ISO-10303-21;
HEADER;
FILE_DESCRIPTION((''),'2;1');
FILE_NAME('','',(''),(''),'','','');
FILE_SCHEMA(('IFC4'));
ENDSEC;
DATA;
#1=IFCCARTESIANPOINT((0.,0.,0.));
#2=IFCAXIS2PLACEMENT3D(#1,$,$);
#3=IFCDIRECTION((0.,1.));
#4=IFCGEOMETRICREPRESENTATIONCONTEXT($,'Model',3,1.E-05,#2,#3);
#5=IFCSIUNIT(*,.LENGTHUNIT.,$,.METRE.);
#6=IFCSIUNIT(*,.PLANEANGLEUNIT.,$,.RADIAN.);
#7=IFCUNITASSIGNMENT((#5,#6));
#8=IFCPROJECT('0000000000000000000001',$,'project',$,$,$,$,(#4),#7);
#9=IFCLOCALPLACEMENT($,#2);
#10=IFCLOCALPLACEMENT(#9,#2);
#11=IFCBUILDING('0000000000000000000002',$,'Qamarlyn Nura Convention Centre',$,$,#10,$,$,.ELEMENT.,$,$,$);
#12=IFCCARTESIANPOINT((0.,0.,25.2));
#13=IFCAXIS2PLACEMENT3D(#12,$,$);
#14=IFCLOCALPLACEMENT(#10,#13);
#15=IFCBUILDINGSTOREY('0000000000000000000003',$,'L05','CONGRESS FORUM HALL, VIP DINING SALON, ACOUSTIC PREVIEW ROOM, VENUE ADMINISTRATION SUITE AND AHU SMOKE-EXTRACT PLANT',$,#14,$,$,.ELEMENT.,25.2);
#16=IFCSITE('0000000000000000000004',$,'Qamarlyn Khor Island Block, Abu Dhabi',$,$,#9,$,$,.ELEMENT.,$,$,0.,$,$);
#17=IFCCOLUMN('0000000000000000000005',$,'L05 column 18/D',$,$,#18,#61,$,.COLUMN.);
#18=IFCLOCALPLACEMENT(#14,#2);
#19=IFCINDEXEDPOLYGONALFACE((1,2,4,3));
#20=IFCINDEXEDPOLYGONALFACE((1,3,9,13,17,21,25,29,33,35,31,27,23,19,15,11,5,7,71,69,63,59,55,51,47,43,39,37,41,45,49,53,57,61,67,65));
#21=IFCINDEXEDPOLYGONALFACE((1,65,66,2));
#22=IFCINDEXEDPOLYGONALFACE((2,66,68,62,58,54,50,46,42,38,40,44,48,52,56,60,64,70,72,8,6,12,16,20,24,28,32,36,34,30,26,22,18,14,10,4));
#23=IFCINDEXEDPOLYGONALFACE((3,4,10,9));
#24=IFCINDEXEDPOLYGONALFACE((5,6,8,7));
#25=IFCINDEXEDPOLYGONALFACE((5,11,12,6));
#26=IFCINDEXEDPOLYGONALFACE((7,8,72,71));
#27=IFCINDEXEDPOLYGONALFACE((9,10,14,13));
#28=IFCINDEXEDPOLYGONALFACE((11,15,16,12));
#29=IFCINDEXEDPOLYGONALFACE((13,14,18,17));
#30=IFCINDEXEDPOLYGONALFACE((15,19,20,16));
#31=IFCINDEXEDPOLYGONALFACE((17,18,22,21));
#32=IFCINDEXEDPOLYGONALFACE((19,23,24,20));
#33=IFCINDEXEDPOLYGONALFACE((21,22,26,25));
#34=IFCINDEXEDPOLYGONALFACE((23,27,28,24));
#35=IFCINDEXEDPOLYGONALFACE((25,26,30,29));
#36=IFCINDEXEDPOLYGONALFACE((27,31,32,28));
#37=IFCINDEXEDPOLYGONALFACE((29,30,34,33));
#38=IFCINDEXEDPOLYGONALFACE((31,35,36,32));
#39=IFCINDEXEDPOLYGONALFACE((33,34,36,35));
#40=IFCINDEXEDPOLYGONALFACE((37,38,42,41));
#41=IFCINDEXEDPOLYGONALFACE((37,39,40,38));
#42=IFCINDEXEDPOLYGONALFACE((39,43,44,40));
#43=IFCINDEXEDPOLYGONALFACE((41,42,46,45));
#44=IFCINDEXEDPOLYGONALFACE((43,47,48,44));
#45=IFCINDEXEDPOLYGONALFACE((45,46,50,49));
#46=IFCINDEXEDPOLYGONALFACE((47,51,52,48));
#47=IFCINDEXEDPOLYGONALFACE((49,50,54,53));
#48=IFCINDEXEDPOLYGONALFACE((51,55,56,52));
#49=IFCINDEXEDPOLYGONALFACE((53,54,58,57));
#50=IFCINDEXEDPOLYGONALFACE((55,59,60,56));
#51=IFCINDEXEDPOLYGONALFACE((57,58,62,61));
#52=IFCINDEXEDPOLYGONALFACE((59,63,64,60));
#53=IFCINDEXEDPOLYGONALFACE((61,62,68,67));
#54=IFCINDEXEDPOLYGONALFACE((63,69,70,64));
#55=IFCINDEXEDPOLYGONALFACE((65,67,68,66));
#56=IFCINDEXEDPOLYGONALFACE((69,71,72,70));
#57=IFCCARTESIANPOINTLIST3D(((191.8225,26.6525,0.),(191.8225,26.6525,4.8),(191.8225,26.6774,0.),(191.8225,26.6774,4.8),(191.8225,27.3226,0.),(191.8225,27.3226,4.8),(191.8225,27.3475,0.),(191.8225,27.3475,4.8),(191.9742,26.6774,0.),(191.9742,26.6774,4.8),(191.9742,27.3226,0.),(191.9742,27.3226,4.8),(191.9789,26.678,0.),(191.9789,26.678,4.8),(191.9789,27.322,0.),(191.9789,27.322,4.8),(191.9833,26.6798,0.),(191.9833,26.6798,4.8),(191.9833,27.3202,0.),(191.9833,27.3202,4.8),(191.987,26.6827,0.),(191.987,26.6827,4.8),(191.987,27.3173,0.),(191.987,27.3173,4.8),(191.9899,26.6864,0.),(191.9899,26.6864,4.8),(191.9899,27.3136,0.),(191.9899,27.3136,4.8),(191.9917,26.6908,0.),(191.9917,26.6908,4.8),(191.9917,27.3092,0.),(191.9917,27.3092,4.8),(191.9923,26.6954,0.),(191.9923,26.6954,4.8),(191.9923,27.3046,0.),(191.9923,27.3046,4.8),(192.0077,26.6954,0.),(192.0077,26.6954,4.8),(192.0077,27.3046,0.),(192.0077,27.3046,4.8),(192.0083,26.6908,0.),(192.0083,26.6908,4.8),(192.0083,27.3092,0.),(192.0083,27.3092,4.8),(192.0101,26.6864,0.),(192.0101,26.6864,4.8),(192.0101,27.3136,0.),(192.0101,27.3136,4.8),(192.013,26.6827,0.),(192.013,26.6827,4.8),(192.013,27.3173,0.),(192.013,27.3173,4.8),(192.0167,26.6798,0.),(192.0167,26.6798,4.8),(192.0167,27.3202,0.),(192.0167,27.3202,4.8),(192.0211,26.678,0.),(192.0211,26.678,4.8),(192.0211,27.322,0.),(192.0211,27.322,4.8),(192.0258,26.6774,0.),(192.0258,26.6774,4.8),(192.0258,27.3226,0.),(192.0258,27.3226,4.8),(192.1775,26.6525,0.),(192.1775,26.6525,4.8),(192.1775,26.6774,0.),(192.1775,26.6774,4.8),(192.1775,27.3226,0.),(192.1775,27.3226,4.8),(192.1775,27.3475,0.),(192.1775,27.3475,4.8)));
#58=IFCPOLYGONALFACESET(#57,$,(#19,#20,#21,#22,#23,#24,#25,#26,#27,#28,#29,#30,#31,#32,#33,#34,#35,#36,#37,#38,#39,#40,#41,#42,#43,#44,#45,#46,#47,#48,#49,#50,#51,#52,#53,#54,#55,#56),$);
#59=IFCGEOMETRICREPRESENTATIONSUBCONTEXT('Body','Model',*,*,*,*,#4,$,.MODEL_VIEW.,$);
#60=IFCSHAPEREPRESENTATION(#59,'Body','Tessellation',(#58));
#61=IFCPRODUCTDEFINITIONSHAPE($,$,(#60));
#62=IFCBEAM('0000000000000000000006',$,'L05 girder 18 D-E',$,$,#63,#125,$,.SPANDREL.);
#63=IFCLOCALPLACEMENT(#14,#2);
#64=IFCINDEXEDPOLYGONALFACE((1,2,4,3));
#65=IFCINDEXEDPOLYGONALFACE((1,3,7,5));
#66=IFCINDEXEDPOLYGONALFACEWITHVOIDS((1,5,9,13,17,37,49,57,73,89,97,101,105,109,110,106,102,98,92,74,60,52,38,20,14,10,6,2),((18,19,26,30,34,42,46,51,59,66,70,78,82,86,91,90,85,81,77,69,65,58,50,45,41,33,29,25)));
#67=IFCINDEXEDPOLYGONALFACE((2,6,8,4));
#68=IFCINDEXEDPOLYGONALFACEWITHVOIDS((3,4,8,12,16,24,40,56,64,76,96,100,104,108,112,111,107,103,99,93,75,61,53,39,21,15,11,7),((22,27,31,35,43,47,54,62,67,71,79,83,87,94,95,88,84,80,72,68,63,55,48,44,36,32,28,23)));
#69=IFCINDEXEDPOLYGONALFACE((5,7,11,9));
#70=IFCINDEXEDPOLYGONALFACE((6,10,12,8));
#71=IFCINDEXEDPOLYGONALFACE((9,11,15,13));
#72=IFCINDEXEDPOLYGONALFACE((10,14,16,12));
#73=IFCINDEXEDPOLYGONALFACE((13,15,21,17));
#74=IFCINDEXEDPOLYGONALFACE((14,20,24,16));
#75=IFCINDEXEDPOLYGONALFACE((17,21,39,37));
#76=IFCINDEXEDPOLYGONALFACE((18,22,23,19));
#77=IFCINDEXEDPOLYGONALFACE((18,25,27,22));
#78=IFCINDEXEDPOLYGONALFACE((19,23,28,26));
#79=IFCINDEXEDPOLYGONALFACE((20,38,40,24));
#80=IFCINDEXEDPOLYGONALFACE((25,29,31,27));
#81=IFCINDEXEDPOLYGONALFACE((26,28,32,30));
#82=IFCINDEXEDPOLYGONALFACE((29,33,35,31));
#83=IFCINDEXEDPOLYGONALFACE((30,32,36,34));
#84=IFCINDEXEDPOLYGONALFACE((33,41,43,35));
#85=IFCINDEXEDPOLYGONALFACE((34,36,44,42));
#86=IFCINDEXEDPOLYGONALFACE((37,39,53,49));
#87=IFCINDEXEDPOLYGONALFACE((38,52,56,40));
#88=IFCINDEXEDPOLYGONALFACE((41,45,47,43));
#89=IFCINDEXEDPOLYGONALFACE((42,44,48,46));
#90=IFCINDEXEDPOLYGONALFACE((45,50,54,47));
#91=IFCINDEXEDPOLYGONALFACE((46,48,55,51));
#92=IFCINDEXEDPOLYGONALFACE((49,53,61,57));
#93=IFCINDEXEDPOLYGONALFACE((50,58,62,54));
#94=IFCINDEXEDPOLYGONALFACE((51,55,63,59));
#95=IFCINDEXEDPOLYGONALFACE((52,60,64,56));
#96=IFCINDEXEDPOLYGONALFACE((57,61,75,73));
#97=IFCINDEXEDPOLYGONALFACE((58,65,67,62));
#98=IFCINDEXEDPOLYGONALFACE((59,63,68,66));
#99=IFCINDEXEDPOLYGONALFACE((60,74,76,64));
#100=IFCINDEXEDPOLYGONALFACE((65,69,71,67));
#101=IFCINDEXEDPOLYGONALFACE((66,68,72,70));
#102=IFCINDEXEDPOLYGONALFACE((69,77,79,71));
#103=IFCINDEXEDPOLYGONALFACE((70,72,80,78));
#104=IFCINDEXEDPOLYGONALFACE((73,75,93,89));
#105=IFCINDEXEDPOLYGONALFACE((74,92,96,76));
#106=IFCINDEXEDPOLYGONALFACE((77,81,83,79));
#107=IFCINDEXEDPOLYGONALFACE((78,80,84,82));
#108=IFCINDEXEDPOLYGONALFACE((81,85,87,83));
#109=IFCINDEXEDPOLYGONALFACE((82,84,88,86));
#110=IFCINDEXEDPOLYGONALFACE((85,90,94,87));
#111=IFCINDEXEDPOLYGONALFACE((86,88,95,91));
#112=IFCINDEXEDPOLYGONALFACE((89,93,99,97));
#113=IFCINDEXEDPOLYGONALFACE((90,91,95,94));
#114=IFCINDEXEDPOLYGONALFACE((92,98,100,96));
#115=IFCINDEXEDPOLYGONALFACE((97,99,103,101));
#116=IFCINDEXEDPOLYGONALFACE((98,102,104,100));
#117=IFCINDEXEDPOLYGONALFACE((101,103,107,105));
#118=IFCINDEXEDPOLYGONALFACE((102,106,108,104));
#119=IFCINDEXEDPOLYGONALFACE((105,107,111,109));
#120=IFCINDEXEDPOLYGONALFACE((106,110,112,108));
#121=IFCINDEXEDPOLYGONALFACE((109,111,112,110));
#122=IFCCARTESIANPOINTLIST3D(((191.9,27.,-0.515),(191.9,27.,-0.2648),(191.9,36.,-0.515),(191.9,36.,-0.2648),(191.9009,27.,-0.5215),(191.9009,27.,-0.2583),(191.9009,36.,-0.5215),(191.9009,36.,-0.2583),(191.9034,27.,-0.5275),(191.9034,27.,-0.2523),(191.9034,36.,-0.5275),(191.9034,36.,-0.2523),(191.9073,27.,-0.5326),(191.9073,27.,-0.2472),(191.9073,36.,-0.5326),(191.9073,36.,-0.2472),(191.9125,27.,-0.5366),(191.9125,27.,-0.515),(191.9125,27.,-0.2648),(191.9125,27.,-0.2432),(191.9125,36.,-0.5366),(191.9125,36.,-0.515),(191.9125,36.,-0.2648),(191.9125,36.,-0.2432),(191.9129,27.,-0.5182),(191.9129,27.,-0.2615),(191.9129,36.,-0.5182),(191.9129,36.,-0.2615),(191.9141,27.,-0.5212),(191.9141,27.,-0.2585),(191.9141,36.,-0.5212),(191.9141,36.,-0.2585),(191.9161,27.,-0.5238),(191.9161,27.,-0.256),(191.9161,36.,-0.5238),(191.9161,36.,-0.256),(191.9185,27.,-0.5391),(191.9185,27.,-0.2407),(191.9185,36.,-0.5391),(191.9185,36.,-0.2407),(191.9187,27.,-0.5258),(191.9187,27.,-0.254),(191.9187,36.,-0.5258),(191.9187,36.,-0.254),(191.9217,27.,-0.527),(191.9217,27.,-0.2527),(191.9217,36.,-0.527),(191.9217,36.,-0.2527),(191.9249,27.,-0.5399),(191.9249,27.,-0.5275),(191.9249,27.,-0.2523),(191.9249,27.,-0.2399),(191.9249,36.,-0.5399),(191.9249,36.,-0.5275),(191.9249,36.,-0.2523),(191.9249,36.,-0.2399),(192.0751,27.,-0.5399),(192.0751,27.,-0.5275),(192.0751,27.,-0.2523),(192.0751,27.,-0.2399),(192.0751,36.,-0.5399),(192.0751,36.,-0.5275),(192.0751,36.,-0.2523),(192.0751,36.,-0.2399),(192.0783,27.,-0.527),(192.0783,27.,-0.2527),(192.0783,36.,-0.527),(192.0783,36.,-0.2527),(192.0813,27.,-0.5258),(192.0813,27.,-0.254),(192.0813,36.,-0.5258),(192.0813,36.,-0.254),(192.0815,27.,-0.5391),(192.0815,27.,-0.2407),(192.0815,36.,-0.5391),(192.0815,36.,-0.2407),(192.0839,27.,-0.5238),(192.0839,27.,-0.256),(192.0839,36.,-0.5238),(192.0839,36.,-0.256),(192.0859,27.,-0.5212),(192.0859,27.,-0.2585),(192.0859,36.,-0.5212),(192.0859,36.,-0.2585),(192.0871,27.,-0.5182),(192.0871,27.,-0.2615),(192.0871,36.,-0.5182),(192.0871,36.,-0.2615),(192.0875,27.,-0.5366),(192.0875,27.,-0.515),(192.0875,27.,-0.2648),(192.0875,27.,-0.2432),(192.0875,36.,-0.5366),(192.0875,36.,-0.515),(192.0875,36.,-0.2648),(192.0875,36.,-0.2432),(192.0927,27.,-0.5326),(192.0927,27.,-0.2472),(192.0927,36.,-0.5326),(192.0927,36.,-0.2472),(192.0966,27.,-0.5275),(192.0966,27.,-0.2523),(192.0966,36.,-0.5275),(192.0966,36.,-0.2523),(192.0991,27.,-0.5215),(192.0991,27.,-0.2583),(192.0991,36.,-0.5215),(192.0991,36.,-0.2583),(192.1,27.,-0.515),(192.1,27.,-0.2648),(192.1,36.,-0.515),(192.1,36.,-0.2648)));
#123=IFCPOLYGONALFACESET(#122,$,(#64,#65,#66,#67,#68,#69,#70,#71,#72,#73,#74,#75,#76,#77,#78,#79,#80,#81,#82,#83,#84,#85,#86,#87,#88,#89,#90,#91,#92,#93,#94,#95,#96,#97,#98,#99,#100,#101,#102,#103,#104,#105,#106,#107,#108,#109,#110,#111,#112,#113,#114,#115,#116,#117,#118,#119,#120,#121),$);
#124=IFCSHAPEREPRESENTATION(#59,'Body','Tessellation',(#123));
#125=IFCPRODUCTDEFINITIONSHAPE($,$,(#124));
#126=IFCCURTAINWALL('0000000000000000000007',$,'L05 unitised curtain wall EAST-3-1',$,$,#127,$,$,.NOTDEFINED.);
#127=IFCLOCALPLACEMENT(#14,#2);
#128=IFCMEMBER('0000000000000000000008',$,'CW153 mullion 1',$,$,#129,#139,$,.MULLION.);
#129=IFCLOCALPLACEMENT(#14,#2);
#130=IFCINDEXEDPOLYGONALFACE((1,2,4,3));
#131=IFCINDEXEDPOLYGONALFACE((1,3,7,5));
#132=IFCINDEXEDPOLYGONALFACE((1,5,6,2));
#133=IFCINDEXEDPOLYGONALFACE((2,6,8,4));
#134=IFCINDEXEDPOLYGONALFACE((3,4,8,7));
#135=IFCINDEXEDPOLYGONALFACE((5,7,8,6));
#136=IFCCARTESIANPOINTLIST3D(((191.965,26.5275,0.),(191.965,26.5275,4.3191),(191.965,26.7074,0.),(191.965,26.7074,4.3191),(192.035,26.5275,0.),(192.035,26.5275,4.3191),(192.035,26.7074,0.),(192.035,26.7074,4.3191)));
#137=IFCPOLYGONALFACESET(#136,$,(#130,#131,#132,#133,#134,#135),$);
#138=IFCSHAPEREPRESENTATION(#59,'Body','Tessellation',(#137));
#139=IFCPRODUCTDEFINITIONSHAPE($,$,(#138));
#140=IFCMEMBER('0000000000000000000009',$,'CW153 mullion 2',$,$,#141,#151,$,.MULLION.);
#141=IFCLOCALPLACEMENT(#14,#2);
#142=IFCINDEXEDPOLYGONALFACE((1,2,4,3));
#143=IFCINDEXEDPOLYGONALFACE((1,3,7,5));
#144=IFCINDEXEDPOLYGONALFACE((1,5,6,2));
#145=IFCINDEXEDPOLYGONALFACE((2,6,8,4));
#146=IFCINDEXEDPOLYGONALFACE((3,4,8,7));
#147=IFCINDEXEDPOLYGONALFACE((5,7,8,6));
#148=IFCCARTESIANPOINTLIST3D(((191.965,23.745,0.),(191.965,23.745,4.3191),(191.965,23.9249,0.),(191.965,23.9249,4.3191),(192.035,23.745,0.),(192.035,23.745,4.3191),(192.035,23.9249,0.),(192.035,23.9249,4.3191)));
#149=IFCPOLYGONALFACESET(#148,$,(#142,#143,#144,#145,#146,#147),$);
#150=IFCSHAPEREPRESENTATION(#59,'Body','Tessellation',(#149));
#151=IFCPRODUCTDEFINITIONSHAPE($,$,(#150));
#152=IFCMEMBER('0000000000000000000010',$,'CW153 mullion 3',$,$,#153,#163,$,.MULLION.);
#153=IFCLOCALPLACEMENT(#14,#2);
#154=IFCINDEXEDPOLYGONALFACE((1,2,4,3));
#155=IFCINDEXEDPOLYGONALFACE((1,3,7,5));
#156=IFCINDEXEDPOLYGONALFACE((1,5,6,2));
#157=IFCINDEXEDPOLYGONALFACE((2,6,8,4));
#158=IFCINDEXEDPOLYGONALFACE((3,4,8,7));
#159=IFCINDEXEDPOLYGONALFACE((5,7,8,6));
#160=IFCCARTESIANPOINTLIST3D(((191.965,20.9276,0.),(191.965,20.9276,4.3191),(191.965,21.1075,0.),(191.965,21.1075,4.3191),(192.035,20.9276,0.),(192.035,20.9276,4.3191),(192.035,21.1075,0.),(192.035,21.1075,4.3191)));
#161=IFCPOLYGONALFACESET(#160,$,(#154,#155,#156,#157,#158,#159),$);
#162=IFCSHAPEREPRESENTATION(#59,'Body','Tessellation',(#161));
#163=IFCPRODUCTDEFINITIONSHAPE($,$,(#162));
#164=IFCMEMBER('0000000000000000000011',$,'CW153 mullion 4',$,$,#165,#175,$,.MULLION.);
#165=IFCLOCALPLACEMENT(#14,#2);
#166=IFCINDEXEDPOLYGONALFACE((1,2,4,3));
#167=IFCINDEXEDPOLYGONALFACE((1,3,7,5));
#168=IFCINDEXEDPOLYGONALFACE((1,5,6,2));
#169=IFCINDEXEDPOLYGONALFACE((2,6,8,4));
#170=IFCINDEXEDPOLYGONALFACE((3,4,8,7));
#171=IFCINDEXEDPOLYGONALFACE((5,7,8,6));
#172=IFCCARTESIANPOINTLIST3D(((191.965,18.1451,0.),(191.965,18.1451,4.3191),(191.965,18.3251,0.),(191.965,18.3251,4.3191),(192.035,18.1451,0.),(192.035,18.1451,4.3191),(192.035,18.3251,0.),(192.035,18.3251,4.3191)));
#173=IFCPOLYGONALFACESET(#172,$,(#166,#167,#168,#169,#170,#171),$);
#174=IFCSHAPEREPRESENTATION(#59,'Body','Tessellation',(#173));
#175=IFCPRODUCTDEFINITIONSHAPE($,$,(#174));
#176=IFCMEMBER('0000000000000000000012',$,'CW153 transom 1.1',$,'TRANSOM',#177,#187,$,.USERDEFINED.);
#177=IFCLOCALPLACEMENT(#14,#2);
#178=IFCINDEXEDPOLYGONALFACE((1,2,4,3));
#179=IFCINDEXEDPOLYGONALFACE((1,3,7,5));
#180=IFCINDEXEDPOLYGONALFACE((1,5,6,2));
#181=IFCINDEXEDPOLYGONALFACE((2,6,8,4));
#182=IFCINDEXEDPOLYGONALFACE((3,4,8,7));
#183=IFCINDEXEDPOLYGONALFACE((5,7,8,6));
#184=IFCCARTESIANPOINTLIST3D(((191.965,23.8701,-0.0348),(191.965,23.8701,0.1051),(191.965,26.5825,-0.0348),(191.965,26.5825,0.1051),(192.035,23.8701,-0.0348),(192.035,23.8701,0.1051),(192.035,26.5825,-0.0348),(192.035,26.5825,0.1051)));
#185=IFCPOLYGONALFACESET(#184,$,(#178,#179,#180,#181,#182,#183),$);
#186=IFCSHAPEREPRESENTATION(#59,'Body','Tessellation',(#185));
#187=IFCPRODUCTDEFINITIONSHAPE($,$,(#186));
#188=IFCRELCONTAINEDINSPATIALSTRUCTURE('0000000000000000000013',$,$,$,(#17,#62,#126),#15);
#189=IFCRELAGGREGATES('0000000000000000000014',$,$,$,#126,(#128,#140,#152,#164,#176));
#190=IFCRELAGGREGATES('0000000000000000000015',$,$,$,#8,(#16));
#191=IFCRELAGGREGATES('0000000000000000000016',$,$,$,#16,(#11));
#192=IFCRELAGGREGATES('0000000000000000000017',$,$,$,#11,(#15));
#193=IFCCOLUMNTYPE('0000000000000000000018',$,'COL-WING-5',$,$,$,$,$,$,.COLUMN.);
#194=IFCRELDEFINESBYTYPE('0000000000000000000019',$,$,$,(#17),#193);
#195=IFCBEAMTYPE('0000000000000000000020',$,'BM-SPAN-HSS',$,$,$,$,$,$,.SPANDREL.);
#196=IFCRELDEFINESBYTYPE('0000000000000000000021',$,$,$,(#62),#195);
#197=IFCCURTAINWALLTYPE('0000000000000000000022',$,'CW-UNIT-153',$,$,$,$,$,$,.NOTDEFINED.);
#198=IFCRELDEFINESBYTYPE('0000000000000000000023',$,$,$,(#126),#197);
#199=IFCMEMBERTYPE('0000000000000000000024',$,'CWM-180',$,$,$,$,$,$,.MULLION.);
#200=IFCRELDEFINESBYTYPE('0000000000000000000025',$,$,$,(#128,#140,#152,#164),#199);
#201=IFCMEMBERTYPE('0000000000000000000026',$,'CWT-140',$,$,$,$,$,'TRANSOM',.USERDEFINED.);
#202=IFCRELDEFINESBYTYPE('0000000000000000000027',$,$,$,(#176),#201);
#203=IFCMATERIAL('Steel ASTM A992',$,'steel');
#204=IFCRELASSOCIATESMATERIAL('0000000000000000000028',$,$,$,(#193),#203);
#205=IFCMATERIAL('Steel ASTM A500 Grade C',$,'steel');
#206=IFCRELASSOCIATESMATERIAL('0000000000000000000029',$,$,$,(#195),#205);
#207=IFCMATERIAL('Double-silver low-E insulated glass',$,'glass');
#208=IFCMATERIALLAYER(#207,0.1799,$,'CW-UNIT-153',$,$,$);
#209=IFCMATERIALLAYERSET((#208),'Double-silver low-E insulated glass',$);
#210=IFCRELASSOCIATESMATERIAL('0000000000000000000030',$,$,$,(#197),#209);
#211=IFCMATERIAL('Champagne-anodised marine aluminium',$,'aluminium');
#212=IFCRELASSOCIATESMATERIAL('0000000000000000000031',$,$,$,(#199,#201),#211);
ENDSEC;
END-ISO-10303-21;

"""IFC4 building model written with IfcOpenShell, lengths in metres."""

from ifc_helpers import new_model, si_unit, direction, frame, origin, origin_2d, place, context, subcontext, project, spatial, rectangle, hollow_rectangle, i_section, extrude, material, layer, layer_set, material_profile, profile_set, type_object, element, aggregate, save


model = new_model("IFC4")

# Units and contexts
model_context = context("Model", 3, precision=1e-05, world=origin(), true_north=direction((0.0, 1.0)))
body_context = subcontext(model_context, "Body", "Model", "MODEL_VIEW")
ifc_project = project(units=[si_unit("LENGTHUNIT", "METRE"), si_unit("PLANEANGLEUNIT", "RADIAN")], contexts=[model_context])

# Site, building, storey
site_placement = place(None, origin())
site = spatial("IfcSite", under=ifc_project, at=site_placement, Name="Qamarlyn Khor Island Block, Abu Dhabi", CompositionType="ELEMENT", RefElevation=0.0)
building_placement = place(site_placement, origin())
building = spatial("IfcBuilding", under=site, at=building_placement, Name="Qamarlyn Nura Convention Centre", CompositionType="ELEMENT")
storey_placement = place(building_placement, frame((0.0, 0.0, 25.2)))
storey = spatial("IfcBuildingStorey", under=building, at=storey_placement, Name="L05", Description="CONGRESS FORUM HALL, VIP DINING SALON, ACOUSTIC PREVIEW ROOM, VENUE ADMINISTRATION SUITE AND AHU SMOKE-EXTRACT PLANT", CompositionType="ELEMENT", Elevation=25.2)

# Column
ifc_material_1 = material(Name="Steel ASTM A992", Category="steel")
ifc_material_profile_1 = material_profile(ifc_material_1, i_section(OverallWidth=0.355, OverallDepth=0.6951, WebThickness=0.0154, FlangeThickness=0.0249, FilletRadius=0.0181, at=origin_2d()), Name="W690X217")
ifc_profile_set_1 = profile_set([ifc_material_profile_1], Name="Steel ASTM A992")
column_type = type_object("IfcColumnType", Name="COL-WING-5", PredefinedType="COLUMN", material=ifc_profile_set_1)
column_placement = place(storey_placement, frame((192.0, 27.0, 0.0), z_axis=(0.0, 0.0, 1.0), x_axis=(1.0, 0.0, 0.0)))
element("IfcColumn", 1, at=column_placement, inside=storey, type_object=column_type, Name="L05 column 18/D", PredefinedType="COLUMN", context=body_context, shape_type="SweptSolid", body=[
    extrude(i_section(OverallWidth=0.355, OverallDepth=0.6951, WebThickness=0.0154, FlangeThickness=0.0249, FilletRadius=0.0181, at=origin_2d()), origin(), (0.0, 0.0, 1.0), 4.8),
])

# Beam
ifc_material_2 = material(Name="Steel ASTM A500 Grade C", Category="steel")
ifc_material_profile_2 = material_profile(ifc_material_2, hollow_rectangle(XDim=0.2, YDim=0.3, WallThickness=0.0125, InnerFilletRadius=0.0125, OuterFilletRadius=0.0249, at=origin_2d()), Name="HSS300X200X12.5")
ifc_profile_set_2 = profile_set([ifc_material_profile_2], Name="Steel ASTM A500 Grade C")
beam_type = type_object("IfcBeamType", Name="BM-SPAN-HSS", PredefinedType="SPANDREL", material=ifc_profile_set_2)
beam_placement = place(storey_placement, frame((192.0, 27.0, -0.3899), z_axis=(0.0, 1.0, 0.0), x_axis=(-1.0, 0.0, 0.0)))
element("IfcBeam", 2, at=beam_placement, inside=storey, type_object=beam_type, Name="L05 girder 18 D-E", PredefinedType="SPANDREL", context=body_context, shape_type="SweptSolid", body=[
    extrude(hollow_rectangle(XDim=0.2, YDim=0.3, WallThickness=0.0125, InnerFilletRadius=0.0125, OuterFilletRadius=0.0249, at=origin_2d()), origin(), (0.0, 0.0, 1.0), 9.0),
])

# Curtain wall, members
ifc_material_3 = material(Name="Double-silver low-E insulated glass", Category="glass")
ifc_layer_1 = layer(ifc_material_3, 0.1799, Name="CW-UNIT-153")
ifc_layer_set_1 = layer_set([ifc_layer_1], Name="Double-silver low-E insulated glass")
curtain_wall_type = type_object("IfcCurtainWallType", Name="CW-UNIT-153", PredefinedType="NOTDEFINED", material=ifc_layer_set_1)
curtain_wall_placement = place(storey_placement, origin())
curtain_wall = element("IfcCurtainWall", 3, at=curtain_wall_placement, inside=storey, type_object=curtain_wall_type, Name="L05 unitised curtain wall EAST-3-1", PredefinedType="NOTDEFINED")
ifc_material_4 = material(Name="Champagne-anodised marine aluminium", Category="aluminium")
ifc_material_profile_3 = material_profile(ifc_material_4, rectangle(XDim=0.0701, YDim=0.1799, at=origin_2d()), Name="ALU MULLION 70x180")
ifc_profile_set_3 = profile_set([ifc_material_profile_3], Name="Champagne-anodised marine aluminium")
member_type_1 = type_object("IfcMemberType", Name="CWM-180", PredefinedType="MULLION", material=ifc_profile_set_3)
member_1_placement = place(storey_placement, frame((192.0, 26.6174, 0.0), z_axis=(0.0, 0.0, 1.0), x_axis=(1.0, 0.0, 0.0)))
member_1 = element("IfcMember", 4, at=member_1_placement, type_object=member_type_1, Name="CW153 mullion 1", PredefinedType="MULLION", context=body_context, shape_type="SweptSolid", body=[
    extrude(rectangle(XDim=0.0701, YDim=0.1799, at=origin_2d()), origin(), (0.0, 0.0, 1.0), 4.3191),
])
member_2_placement = place(storey_placement, frame((192.0, 23.835, 0.0), z_axis=(0.0, 0.0, 1.0), x_axis=(1.0, 0.0, 0.0)))
member_2 = element("IfcMember", 5, at=member_2_placement, type_object=member_type_1, Name="CW153 mullion 2", PredefinedType="MULLION", context=body_context, shape_type="SweptSolid", body=[
    extrude(rectangle(XDim=0.0701, YDim=0.1799, at=origin_2d()), origin(), (0.0, 0.0, 1.0), 4.3191),
])
member_3_placement = place(storey_placement, frame((192.0, 21.0176, 0.0), z_axis=(0.0, 0.0, 1.0), x_axis=(1.0, 0.0, 0.0)))
member_3 = element("IfcMember", 6, at=member_3_placement, type_object=member_type_1, Name="CW153 mullion 3", PredefinedType="MULLION", context=body_context, shape_type="SweptSolid", body=[
    extrude(rectangle(XDim=0.0701, YDim=0.1799, at=origin_2d()), origin(), (0.0, 0.0, 1.0), 4.3191),
])
member_4_placement = place(storey_placement, frame((192.0, 18.2351, 0.0), z_axis=(0.0, 0.0, 1.0), x_axis=(1.0, 0.0, 0.0)))
member_4 = element("IfcMember", 7, at=member_4_placement, type_object=member_type_1, Name="CW153 mullion 4", PredefinedType="MULLION", context=body_context, shape_type="SweptSolid", body=[
    extrude(rectangle(XDim=0.0701, YDim=0.1799, at=origin_2d()), origin(), (0.0, 0.0, 1.0), 4.3191),
])
ifc_material_profile_4 = material_profile(ifc_material_4, rectangle(XDim=0.0701, YDim=0.1399, at=origin_2d()), Name="ALU TRANSOM 70x140")
ifc_profile_set_4 = profile_set([ifc_material_profile_4], Name="Champagne-anodised marine aluminium")
member_type_2 = type_object("IfcMemberType", Name="CWT-140", ElementType="TRANSOM", PredefinedType="USERDEFINED", material=ifc_profile_set_4)
member_5_placement = place(storey_placement, frame((192.0, 26.5825, 0.0352), z_axis=(0.0, -1.0, 0.0), x_axis=(1.0, 0.0, 0.0)))
member_5 = element("IfcMember", 8, at=member_5_placement, type_object=member_type_2, Name="CW153 transom 1.1", ObjectType="TRANSOM", PredefinedType="USERDEFINED", context=body_context, shape_type="SweptSolid", body=[
    extrude(rectangle(XDim=0.0701, YDim=0.1399, at=origin_2d()), origin(), (0.0, 0.0, 1.0), 2.7124),
])
aggregate(curtain_wall, [member_1, member_2, member_3, member_4, member_5])

save(model, "model.ifc")
